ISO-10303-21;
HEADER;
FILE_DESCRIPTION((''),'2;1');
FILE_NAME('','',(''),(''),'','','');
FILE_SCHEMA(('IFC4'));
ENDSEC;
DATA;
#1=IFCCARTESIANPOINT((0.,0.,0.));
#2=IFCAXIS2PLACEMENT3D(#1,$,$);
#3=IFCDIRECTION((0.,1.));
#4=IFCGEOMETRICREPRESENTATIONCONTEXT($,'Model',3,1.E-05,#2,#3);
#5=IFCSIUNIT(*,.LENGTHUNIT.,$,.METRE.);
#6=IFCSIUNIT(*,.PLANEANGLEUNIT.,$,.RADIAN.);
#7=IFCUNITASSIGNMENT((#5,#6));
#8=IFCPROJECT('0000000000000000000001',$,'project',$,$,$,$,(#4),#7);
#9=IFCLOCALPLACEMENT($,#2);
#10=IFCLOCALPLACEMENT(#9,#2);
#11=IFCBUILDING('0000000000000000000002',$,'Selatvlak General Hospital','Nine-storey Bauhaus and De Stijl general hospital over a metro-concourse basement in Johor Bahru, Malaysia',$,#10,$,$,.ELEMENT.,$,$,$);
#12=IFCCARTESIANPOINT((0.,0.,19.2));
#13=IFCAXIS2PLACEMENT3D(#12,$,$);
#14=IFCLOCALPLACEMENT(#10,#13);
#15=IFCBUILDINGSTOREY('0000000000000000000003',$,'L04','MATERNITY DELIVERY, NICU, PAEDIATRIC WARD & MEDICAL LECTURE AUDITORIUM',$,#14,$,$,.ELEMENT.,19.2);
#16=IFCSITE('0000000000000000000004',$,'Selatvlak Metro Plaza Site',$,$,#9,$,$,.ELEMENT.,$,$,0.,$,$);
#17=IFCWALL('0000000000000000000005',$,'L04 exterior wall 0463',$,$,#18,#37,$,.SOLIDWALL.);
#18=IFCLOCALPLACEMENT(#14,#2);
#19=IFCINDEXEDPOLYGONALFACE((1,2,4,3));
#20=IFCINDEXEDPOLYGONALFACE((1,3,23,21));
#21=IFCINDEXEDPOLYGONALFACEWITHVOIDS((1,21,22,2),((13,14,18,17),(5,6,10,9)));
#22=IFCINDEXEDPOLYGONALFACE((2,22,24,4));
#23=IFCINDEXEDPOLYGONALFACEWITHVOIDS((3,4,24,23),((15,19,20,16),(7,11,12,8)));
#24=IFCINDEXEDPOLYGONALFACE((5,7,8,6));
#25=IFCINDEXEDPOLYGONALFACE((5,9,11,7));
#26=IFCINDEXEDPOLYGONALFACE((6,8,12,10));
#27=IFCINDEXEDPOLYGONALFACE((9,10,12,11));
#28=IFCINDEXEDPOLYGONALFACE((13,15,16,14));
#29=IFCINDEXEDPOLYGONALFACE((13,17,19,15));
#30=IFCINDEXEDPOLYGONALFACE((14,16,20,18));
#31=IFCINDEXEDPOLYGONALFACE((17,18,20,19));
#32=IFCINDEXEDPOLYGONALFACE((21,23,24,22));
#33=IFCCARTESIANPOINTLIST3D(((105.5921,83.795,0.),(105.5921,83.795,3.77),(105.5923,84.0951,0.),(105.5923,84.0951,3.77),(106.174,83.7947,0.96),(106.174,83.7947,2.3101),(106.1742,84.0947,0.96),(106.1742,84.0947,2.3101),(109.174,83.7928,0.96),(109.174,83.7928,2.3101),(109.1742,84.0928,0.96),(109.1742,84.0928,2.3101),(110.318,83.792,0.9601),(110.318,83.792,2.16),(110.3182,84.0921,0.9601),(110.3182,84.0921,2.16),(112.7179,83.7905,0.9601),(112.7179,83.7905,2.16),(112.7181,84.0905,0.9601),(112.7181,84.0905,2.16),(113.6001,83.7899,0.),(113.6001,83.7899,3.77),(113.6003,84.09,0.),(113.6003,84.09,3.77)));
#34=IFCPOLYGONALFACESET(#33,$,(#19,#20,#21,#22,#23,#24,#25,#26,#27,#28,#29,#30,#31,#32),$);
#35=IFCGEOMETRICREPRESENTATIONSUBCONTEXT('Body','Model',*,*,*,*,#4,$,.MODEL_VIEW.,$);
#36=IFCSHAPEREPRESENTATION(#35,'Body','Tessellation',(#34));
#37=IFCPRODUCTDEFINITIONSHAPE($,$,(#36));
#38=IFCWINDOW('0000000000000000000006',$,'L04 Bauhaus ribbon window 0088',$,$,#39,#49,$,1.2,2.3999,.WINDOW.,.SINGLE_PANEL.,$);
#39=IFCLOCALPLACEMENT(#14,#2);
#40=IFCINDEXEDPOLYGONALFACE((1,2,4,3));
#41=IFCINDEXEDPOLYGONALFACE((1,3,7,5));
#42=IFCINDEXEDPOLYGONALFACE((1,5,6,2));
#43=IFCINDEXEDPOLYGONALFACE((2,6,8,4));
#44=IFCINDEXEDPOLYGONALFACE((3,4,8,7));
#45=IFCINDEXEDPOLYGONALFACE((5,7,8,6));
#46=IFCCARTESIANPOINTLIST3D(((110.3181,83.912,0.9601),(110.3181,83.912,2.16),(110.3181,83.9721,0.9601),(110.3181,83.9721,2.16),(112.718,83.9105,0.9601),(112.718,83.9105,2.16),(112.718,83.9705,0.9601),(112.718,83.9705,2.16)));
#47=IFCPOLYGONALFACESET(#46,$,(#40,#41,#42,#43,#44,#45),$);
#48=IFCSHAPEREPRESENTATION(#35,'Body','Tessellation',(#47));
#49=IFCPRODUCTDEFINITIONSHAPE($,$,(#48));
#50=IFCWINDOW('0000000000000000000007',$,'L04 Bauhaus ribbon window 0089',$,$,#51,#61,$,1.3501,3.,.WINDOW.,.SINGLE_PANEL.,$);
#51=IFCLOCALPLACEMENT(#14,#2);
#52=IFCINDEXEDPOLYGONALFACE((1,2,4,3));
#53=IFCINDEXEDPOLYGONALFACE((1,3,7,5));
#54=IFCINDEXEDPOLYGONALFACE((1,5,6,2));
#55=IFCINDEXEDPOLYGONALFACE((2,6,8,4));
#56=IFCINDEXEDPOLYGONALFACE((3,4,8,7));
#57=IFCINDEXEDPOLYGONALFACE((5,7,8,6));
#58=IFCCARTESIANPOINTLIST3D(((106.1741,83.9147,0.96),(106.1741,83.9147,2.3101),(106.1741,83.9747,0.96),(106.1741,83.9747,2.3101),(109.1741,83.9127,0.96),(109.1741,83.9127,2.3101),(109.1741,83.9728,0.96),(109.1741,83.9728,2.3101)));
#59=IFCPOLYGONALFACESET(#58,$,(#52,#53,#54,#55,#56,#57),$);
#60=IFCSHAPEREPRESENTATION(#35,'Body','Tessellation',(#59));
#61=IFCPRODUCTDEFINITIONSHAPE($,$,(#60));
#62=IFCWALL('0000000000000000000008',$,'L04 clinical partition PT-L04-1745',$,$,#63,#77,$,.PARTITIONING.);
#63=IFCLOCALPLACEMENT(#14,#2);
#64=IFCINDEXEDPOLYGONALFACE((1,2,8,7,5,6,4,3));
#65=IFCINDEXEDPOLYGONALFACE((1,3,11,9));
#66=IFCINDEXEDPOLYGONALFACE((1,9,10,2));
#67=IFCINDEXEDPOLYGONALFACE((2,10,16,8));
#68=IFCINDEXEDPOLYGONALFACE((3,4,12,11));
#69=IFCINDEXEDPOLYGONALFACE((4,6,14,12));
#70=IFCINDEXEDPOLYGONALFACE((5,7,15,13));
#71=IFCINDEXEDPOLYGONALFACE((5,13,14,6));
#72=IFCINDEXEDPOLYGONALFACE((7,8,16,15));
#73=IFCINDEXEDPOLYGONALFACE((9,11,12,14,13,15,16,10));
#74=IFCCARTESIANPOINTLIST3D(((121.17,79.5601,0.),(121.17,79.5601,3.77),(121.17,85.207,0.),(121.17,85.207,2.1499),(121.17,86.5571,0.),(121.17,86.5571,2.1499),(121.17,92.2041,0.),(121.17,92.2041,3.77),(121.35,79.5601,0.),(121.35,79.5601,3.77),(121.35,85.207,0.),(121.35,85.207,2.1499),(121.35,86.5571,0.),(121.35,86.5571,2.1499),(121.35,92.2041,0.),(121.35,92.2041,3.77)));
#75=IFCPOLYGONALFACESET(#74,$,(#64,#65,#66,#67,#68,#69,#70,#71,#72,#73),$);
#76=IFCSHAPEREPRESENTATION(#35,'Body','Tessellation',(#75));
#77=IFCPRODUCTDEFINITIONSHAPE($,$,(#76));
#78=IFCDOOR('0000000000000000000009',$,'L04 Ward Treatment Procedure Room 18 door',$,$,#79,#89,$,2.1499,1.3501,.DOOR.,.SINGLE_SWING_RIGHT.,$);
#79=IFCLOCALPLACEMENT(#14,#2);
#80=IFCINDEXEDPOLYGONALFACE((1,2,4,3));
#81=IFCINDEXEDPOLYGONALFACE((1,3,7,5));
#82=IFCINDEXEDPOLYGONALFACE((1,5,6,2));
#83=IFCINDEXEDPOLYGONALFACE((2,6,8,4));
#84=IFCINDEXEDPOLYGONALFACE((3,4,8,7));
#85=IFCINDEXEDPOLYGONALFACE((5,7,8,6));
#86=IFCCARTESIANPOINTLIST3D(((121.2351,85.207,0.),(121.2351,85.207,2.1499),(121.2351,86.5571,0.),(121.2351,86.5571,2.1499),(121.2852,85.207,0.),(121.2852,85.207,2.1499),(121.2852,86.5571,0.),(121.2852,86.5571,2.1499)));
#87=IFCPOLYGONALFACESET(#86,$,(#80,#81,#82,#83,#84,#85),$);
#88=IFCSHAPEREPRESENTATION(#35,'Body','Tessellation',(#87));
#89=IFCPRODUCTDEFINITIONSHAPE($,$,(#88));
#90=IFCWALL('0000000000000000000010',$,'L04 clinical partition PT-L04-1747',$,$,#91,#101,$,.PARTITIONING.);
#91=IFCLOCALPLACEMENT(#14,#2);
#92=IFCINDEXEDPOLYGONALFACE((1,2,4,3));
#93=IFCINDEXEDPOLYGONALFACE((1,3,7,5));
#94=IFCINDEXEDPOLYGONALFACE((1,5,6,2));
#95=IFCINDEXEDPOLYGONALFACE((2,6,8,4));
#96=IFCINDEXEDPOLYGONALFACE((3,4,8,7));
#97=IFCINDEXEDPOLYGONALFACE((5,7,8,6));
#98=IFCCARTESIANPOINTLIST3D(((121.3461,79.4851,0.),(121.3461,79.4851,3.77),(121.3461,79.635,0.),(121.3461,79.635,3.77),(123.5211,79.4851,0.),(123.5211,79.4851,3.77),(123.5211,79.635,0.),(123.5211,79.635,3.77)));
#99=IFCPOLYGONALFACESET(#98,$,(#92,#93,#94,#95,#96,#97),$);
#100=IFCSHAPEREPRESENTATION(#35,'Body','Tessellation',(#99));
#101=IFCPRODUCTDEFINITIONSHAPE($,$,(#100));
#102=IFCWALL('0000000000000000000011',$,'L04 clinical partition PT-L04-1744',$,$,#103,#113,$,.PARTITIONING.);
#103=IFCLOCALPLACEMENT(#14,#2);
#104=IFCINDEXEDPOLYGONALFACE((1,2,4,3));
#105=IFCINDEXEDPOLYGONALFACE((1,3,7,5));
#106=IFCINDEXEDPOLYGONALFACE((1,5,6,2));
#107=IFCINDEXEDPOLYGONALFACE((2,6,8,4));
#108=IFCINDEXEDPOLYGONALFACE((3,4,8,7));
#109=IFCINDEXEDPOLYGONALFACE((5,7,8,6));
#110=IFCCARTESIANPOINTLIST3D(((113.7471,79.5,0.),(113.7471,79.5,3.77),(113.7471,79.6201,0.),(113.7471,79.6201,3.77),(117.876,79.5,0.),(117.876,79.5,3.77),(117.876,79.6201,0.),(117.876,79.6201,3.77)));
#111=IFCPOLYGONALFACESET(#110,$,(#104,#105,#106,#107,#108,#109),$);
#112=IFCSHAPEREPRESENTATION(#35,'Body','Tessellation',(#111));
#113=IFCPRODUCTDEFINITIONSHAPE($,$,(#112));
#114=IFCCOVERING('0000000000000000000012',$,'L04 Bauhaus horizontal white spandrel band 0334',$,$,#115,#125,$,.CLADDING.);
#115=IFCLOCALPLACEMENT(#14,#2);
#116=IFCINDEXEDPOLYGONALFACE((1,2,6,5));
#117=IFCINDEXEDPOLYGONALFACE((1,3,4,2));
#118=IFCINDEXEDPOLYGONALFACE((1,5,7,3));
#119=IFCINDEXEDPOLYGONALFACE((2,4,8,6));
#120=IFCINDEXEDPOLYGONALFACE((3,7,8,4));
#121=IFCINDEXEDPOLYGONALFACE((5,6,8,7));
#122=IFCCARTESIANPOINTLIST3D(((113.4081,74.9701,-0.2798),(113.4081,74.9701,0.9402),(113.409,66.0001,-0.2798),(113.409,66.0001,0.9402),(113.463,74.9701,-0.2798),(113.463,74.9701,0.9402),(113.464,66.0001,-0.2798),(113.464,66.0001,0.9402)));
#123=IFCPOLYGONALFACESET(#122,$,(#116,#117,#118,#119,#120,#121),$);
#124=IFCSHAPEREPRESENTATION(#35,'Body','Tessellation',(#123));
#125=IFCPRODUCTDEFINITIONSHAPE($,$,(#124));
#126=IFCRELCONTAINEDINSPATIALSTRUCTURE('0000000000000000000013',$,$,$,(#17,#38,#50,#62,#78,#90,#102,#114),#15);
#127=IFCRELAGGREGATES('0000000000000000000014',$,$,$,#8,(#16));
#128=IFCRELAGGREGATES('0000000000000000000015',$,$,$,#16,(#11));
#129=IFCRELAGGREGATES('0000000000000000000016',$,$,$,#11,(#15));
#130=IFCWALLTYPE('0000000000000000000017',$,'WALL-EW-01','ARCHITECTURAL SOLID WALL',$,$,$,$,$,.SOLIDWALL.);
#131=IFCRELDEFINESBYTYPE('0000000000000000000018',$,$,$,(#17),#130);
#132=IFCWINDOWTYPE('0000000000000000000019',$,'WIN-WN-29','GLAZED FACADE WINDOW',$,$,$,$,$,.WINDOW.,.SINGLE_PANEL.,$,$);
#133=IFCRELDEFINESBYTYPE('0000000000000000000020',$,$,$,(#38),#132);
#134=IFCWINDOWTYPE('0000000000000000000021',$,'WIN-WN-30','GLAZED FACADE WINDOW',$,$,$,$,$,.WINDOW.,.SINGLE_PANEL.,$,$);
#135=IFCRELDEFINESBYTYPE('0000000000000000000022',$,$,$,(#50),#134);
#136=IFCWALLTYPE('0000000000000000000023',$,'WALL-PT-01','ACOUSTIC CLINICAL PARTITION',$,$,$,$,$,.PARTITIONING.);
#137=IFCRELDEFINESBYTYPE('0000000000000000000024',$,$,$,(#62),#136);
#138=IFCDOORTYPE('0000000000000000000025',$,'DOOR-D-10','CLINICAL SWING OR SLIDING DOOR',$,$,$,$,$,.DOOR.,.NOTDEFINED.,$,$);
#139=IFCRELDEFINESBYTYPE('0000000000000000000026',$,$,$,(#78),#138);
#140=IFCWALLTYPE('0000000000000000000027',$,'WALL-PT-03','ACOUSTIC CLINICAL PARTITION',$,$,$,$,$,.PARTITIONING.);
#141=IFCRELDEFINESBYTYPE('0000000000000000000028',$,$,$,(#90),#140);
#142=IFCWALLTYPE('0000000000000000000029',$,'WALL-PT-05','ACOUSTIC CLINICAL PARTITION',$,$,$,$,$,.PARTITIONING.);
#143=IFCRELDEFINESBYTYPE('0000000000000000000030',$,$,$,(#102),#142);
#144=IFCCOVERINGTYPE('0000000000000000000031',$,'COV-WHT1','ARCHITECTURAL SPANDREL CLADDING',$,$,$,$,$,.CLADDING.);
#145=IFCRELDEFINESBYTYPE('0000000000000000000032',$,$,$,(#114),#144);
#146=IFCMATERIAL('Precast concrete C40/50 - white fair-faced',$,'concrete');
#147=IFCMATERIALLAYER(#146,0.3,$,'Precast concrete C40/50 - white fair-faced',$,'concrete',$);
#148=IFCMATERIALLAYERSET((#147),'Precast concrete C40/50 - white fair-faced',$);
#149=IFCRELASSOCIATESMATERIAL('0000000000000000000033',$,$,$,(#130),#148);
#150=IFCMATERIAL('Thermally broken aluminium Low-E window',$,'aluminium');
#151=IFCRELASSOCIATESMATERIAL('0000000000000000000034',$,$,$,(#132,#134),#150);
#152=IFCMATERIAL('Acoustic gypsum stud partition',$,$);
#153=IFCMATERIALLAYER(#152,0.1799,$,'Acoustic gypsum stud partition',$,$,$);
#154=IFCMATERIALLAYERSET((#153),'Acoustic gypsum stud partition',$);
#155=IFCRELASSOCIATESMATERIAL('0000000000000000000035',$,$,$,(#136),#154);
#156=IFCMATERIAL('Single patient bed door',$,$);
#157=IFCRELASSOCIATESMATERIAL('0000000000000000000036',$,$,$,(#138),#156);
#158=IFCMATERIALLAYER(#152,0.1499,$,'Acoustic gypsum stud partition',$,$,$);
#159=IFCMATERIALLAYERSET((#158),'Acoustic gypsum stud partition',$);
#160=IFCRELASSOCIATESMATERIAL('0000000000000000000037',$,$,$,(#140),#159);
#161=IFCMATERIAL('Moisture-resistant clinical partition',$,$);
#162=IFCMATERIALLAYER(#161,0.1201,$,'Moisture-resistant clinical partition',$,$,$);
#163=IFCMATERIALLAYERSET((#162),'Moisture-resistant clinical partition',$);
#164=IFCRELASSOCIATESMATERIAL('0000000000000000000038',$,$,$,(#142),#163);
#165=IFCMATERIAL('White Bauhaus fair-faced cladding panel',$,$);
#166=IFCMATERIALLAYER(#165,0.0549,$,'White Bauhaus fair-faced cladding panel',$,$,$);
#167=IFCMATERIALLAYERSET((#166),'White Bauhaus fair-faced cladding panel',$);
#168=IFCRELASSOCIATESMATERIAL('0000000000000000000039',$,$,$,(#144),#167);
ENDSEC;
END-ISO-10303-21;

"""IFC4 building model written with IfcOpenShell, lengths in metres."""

from ifc_helpers import new_model, si_unit, direction, frame, frame_2d, origin, origin_2d, place, context, subcontext, project, spatial, rectangle, extrude, material, layer, layer_set, type_object, element, fill, save


model = new_model("IFC4")

# Units and contexts
model_context = context("Model", 3, precision=1e-05, world=origin(), true_north=direction((0.0, 1.0)))
body_context = subcontext(model_context, "Body", "Model", "MODEL_VIEW")
ifc_project = project(units=[si_unit("LENGTHUNIT", "METRE"), si_unit("PLANEANGLEUNIT", "RADIAN")], contexts=[model_context])

# Site, building, storey
site_placement = place(None, origin())
site = spatial("IfcSite", under=ifc_project, at=site_placement, Name="Selatvlak Metro Plaza Site", CompositionType="ELEMENT", RefElevation=0.0)
building_placement = place(site_placement, origin())
building = spatial("IfcBuilding", under=site, at=building_placement, Name="Selatvlak General Hospital", Description="Nine-storey Bauhaus and De Stijl general hospital over a metro-concourse basement in Johor Bahru, Malaysia", CompositionType="ELEMENT")
storey_placement = place(building_placement, frame((0.0, 0.0, 19.2)))
storey = spatial("IfcBuildingStorey", under=building, at=storey_placement, Name="L04", Description="MATERNITY DELIVERY, NICU, PAEDIATRIC WARD & MEDICAL LECTURE AUDITORIUM", CompositionType="ELEMENT", Elevation=19.2)

# Wall, openings, windows
ifc_material_1 = material(Name="Precast concrete C40/50 - white fair-faced", Category="concrete")
ifc_layer_1 = layer(ifc_material_1, 0.3, Name="Precast concrete C40/50 - white fair-faced", Category="concrete")
ifc_layer_set_1 = layer_set([ifc_layer_1], Name="Precast concrete C40/50 - white fair-faced")
wall_type_1 = type_object("IfcWallType", Name="WALL-EW-01", Description="ARCHITECTURAL SOLID WALL", PredefinedType="SOLIDWALL", material=ifc_layer_set_1)
ifc_material_2 = material(Name="Thermally broken aluminium Low-E window", Category="aluminium")
window_type_1 = type_object("IfcWindowType", Name="WIN-WN-29", Description="GLAZED FACADE WINDOW", PartitioningType="SINGLE_PANEL", PredefinedType="WINDOW", material=ifc_material_2)
wall_1_placement = place(storey_placement, frame((113.6001, 83.9399, 0.0), z_axis=(0.0, 0.0, 1.0), x_axis=(-1.0, 0.00064, 0.0)))
wall_1 = element("IfcWall", 1, at=wall_1_placement, inside=storey, type_object=wall_type_1, Name="L04 exterior wall 0463", PredefinedType="SOLIDWALL", context=body_context, shape_type="SweptSolid", body=[
    extrude(rectangle(XDim=8.0081, YDim=0.3, at=frame_2d((4.0039, 0.0))), origin(), (0.0, 0.0, 1.0), 3.77),
])
opening_1_placement = place(wall_1_placement, frame((0.8821, 0.0, 0.96)))
opening_1 = element("IfcOpeningElement", 2, at=opening_1_placement, cuts=wall_1, PredefinedType="OPENING", context=body_context, shape_type="SweptSolid", body=[
    extrude(rectangle(XDim=2.3999, YDim=1.2, at=frame_2d((1.2, 0.6001))), frame((0.0, 0.1599, 0.0), z_axis=(0.0, -1.0, 0.0), x_axis=(1.0, 0.0, 0.0)), (0.0, 0.0, 1.0), 0.3201),
])
opening_2_placement = place(wall_1_placement, frame((4.426, 0.0, 0.96)))
opening_2 = element("IfcOpeningElement", 3, at=opening_2_placement, cuts=wall_1, PredefinedType="OPENING", context=body_context, shape_type="SweptSolid", body=[
    extrude(rectangle(XDim=3.0, YDim=1.3501, at=frame_2d((1.5, 0.675))), frame((0.0, 0.1599, 0.0), z_axis=(0.0, -1.0, 0.0), x_axis=(1.0, 0.0, 0.0)), (0.0, 0.0, 1.0), 0.3201),
])
window_1_placement = place(opening_1_placement, origin())
window_1 = element("IfcWindow", 4, at=window_1_placement, inside=storey, type_object=window_type_1, Name="L04 Bauhaus ribbon window 0088", OverallHeight=1.2, OverallWidth=2.3999, PartitioningType="SINGLE_PANEL", PredefinedType="WINDOW", context=body_context, shape_type="SweptSolid", body=[
    extrude(rectangle(XDim=2.3999, YDim=1.2, at=frame_2d((1.2, 0.6001))), frame((0.0, 0.03, 0.0), z_axis=(0.0, -1.0, 0.0), x_axis=(1.0, 0.0, 0.0)), (0.0, 0.0, 1.0), 0.0601),
])
fill(opening_1, window_1)
window_type_2 = type_object("IfcWindowType", Name="WIN-WN-30", Description="GLAZED FACADE WINDOW", PartitioningType="SINGLE_PANEL", PredefinedType="WINDOW", material=ifc_material_2)
window_2_placement = place(opening_2_placement, origin())
window_2 = element("IfcWindow", 5, at=window_2_placement, inside=storey, type_object=window_type_2, Name="L04 Bauhaus ribbon window 0089", OverallHeight=1.3501, OverallWidth=3.0, PartitioningType="SINGLE_PANEL", PredefinedType="WINDOW", context=body_context, shape_type="SweptSolid", body=[
    extrude(rectangle(XDim=3.0, YDim=1.3501, at=frame_2d((1.5, 0.675))), frame((0.0, 0.03, 0.0), z_axis=(0.0, -1.0, 0.0), x_axis=(1.0, 0.0, 0.0)), (0.0, 0.0, 1.0), 0.0601),
])
fill(opening_2, window_2)

# Wall, opening, door
ifc_material_3 = material(Name="Acoustic gypsum stud partition")
ifc_layer_2 = layer(ifc_material_3, 0.1799, Name="Acoustic gypsum stud partition")
ifc_layer_set_2 = layer_set([ifc_layer_2], Name="Acoustic gypsum stud partition")
wall_type_2 = type_object("IfcWallType", Name="WALL-PT-01", Description="ACOUSTIC CLINICAL PARTITION", PredefinedType="PARTITIONING", material=ifc_layer_set_2)
wall_2_placement = place(storey_placement, frame((121.26, 79.5601, 0.0), z_axis=(0.0, 0.0, 1.0), x_axis=(0.0, 1.0, 0.0)))
wall_2 = element("IfcWall", 6, at=wall_2_placement, inside=storey, type_object=wall_type_2, Name="L04 clinical partition PT-L04-1745", PredefinedType="PARTITIONING", context=body_context, shape_type="SweptSolid", body=[
    extrude(rectangle(XDim=12.644, YDim=0.1799, at=frame_2d((6.322, 0.0))), origin(), (0.0, 0.0, 1.0), 3.77),
])
opening_3_placement = place(wall_2_placement, frame((5.647, 0.0, 0.0)))
opening_3 = element("IfcOpeningElement", 7, at=opening_3_placement, cuts=wall_2, PredefinedType="OPENING", context=body_context, shape_type="SweptSolid", body=[
    extrude(rectangle(XDim=1.3501, YDim=2.1499, at=frame_2d((0.675, 1.075))), frame((0.0, 0.0999, 0.0), z_axis=(0.0, -1.0, 0.0), x_axis=(1.0, 0.0, 0.0)), (0.0, 0.0, 1.0), 0.2),
])
ifc_material_4 = material(Name="Single patient bed door")
door_type_1 = type_object("IfcDoorType", Name="DOOR-D-10", Description="CLINICAL SWING OR SLIDING DOOR", OperationType="NOTDEFINED", PredefinedType="DOOR", material=ifc_material_4)
door_1_placement = place(opening_3_placement, origin())
door_1 = element("IfcDoor", 8, at=door_1_placement, inside=storey, type_object=door_type_1, Name="L04 Ward Treatment Procedure Room 18 door", OperationType="SINGLE_SWING_RIGHT", OverallHeight=2.1499, OverallWidth=1.3501, PredefinedType="DOOR", context=body_context, shape_type="SweptSolid", body=[
    extrude(rectangle(XDim=1.3501, YDim=2.1499, at=frame_2d((0.675, 1.075))), frame((0.0, 0.0249, 0.0), z_axis=(0.0, -1.0, 0.0), x_axis=(1.0, 0.0, 0.0)), (0.0, 0.0, 1.0), 0.05),
])
fill(opening_3, door_1)

# Wall
ifc_layer_3 = layer(ifc_material_3, 0.1499, Name="Acoustic gypsum stud partition")
ifc_layer_set_3 = layer_set([ifc_layer_3], Name="Acoustic gypsum stud partition")
wall_type_3 = type_object("IfcWallType", Name="WALL-PT-03", Description="ACOUSTIC CLINICAL PARTITION", PredefinedType="PARTITIONING", material=ifc_layer_set_3)
wall_3_placement = place(storey_placement, frame((123.521, 79.5601, 0.0), z_axis=(0.0, 0.0, 1.0), x_axis=(-1.0, 0.0, 0.0)))
element("IfcWall", 9, at=wall_3_placement, inside=storey, type_object=wall_type_3, Name="L04 clinical partition PT-L04-1747", PredefinedType="PARTITIONING", context=body_context, shape_type="SweptSolid", body=[
    extrude(rectangle(XDim=2.175, YDim=0.1499, at=frame_2d((1.0874, 0.0))), origin(), (0.0, 0.0, 1.0), 3.77),
])

# Shared definitions
ifc_material_5 = material(Name="Moisture-resistant clinical partition")
ifc_layer_4 = layer(ifc_material_5, 0.1201, Name="Moisture-resistant clinical partition")
ifc_layer_set_4 = layer_set([ifc_layer_4], Name="Moisture-resistant clinical partition")
wall_type_4 = type_object("IfcWallType", Name="WALL-PT-05", Description="ACOUSTIC CLINICAL PARTITION", PredefinedType="PARTITIONING", material=ifc_layer_set_4)

# Wall
wall_4_placement = place(storey_placement, frame((117.876, 79.5601, 0.0), z_axis=(0.0, 0.0, 1.0), x_axis=(-1.0, 0.0, 0.0)))
element("IfcWall", 10, at=wall_4_placement, inside=storey, type_object=wall_type_4, Name="L04 clinical partition PT-L04-1744", PredefinedType="PARTITIONING", context=body_context, shape_type="SweptSolid", body=[
    extrude(rectangle(XDim=4.1289, YDim=0.1201, at=frame_2d((2.0645, 0.0))), origin(), (0.0, 0.0, 1.0), 3.77),
])

# Covering
ifc_material_6 = material(Name="White Bauhaus fair-faced cladding panel")
ifc_layer_5 = layer(ifc_material_6, 0.0549, Name="White Bauhaus fair-faced cladding panel")
ifc_layer_set_5 = layer_set([ifc_layer_5], Name="White Bauhaus fair-faced cladding panel")
covering_type = type_object("IfcCoveringType", Name="COV-WHT1", Description="ARCHITECTURAL SPANDREL CLADDING", PredefinedType="CLADDING", material=ifc_layer_set_5)
covering_placement = place(storey_placement, frame((113.436, 70.4851, -0.2798), z_axis=(0.0, 0.0, 1.0), x_axis=(-0.000105, 1.0, 0.0)))
element("IfcCovering", 11, at=covering_placement, inside=storey, type_object=covering_type, Name="L04 Bauhaus horizontal white spandrel band 0334", PredefinedType="CLADDING", context=body_context, shape_type="SweptSolid", body=[
    extrude(rectangle(XDim=8.97, YDim=0.0549, at=origin_2d()), origin(), (0.0, 0.0, 1.0), 1.22),
])

save(model, "model.ifc")
